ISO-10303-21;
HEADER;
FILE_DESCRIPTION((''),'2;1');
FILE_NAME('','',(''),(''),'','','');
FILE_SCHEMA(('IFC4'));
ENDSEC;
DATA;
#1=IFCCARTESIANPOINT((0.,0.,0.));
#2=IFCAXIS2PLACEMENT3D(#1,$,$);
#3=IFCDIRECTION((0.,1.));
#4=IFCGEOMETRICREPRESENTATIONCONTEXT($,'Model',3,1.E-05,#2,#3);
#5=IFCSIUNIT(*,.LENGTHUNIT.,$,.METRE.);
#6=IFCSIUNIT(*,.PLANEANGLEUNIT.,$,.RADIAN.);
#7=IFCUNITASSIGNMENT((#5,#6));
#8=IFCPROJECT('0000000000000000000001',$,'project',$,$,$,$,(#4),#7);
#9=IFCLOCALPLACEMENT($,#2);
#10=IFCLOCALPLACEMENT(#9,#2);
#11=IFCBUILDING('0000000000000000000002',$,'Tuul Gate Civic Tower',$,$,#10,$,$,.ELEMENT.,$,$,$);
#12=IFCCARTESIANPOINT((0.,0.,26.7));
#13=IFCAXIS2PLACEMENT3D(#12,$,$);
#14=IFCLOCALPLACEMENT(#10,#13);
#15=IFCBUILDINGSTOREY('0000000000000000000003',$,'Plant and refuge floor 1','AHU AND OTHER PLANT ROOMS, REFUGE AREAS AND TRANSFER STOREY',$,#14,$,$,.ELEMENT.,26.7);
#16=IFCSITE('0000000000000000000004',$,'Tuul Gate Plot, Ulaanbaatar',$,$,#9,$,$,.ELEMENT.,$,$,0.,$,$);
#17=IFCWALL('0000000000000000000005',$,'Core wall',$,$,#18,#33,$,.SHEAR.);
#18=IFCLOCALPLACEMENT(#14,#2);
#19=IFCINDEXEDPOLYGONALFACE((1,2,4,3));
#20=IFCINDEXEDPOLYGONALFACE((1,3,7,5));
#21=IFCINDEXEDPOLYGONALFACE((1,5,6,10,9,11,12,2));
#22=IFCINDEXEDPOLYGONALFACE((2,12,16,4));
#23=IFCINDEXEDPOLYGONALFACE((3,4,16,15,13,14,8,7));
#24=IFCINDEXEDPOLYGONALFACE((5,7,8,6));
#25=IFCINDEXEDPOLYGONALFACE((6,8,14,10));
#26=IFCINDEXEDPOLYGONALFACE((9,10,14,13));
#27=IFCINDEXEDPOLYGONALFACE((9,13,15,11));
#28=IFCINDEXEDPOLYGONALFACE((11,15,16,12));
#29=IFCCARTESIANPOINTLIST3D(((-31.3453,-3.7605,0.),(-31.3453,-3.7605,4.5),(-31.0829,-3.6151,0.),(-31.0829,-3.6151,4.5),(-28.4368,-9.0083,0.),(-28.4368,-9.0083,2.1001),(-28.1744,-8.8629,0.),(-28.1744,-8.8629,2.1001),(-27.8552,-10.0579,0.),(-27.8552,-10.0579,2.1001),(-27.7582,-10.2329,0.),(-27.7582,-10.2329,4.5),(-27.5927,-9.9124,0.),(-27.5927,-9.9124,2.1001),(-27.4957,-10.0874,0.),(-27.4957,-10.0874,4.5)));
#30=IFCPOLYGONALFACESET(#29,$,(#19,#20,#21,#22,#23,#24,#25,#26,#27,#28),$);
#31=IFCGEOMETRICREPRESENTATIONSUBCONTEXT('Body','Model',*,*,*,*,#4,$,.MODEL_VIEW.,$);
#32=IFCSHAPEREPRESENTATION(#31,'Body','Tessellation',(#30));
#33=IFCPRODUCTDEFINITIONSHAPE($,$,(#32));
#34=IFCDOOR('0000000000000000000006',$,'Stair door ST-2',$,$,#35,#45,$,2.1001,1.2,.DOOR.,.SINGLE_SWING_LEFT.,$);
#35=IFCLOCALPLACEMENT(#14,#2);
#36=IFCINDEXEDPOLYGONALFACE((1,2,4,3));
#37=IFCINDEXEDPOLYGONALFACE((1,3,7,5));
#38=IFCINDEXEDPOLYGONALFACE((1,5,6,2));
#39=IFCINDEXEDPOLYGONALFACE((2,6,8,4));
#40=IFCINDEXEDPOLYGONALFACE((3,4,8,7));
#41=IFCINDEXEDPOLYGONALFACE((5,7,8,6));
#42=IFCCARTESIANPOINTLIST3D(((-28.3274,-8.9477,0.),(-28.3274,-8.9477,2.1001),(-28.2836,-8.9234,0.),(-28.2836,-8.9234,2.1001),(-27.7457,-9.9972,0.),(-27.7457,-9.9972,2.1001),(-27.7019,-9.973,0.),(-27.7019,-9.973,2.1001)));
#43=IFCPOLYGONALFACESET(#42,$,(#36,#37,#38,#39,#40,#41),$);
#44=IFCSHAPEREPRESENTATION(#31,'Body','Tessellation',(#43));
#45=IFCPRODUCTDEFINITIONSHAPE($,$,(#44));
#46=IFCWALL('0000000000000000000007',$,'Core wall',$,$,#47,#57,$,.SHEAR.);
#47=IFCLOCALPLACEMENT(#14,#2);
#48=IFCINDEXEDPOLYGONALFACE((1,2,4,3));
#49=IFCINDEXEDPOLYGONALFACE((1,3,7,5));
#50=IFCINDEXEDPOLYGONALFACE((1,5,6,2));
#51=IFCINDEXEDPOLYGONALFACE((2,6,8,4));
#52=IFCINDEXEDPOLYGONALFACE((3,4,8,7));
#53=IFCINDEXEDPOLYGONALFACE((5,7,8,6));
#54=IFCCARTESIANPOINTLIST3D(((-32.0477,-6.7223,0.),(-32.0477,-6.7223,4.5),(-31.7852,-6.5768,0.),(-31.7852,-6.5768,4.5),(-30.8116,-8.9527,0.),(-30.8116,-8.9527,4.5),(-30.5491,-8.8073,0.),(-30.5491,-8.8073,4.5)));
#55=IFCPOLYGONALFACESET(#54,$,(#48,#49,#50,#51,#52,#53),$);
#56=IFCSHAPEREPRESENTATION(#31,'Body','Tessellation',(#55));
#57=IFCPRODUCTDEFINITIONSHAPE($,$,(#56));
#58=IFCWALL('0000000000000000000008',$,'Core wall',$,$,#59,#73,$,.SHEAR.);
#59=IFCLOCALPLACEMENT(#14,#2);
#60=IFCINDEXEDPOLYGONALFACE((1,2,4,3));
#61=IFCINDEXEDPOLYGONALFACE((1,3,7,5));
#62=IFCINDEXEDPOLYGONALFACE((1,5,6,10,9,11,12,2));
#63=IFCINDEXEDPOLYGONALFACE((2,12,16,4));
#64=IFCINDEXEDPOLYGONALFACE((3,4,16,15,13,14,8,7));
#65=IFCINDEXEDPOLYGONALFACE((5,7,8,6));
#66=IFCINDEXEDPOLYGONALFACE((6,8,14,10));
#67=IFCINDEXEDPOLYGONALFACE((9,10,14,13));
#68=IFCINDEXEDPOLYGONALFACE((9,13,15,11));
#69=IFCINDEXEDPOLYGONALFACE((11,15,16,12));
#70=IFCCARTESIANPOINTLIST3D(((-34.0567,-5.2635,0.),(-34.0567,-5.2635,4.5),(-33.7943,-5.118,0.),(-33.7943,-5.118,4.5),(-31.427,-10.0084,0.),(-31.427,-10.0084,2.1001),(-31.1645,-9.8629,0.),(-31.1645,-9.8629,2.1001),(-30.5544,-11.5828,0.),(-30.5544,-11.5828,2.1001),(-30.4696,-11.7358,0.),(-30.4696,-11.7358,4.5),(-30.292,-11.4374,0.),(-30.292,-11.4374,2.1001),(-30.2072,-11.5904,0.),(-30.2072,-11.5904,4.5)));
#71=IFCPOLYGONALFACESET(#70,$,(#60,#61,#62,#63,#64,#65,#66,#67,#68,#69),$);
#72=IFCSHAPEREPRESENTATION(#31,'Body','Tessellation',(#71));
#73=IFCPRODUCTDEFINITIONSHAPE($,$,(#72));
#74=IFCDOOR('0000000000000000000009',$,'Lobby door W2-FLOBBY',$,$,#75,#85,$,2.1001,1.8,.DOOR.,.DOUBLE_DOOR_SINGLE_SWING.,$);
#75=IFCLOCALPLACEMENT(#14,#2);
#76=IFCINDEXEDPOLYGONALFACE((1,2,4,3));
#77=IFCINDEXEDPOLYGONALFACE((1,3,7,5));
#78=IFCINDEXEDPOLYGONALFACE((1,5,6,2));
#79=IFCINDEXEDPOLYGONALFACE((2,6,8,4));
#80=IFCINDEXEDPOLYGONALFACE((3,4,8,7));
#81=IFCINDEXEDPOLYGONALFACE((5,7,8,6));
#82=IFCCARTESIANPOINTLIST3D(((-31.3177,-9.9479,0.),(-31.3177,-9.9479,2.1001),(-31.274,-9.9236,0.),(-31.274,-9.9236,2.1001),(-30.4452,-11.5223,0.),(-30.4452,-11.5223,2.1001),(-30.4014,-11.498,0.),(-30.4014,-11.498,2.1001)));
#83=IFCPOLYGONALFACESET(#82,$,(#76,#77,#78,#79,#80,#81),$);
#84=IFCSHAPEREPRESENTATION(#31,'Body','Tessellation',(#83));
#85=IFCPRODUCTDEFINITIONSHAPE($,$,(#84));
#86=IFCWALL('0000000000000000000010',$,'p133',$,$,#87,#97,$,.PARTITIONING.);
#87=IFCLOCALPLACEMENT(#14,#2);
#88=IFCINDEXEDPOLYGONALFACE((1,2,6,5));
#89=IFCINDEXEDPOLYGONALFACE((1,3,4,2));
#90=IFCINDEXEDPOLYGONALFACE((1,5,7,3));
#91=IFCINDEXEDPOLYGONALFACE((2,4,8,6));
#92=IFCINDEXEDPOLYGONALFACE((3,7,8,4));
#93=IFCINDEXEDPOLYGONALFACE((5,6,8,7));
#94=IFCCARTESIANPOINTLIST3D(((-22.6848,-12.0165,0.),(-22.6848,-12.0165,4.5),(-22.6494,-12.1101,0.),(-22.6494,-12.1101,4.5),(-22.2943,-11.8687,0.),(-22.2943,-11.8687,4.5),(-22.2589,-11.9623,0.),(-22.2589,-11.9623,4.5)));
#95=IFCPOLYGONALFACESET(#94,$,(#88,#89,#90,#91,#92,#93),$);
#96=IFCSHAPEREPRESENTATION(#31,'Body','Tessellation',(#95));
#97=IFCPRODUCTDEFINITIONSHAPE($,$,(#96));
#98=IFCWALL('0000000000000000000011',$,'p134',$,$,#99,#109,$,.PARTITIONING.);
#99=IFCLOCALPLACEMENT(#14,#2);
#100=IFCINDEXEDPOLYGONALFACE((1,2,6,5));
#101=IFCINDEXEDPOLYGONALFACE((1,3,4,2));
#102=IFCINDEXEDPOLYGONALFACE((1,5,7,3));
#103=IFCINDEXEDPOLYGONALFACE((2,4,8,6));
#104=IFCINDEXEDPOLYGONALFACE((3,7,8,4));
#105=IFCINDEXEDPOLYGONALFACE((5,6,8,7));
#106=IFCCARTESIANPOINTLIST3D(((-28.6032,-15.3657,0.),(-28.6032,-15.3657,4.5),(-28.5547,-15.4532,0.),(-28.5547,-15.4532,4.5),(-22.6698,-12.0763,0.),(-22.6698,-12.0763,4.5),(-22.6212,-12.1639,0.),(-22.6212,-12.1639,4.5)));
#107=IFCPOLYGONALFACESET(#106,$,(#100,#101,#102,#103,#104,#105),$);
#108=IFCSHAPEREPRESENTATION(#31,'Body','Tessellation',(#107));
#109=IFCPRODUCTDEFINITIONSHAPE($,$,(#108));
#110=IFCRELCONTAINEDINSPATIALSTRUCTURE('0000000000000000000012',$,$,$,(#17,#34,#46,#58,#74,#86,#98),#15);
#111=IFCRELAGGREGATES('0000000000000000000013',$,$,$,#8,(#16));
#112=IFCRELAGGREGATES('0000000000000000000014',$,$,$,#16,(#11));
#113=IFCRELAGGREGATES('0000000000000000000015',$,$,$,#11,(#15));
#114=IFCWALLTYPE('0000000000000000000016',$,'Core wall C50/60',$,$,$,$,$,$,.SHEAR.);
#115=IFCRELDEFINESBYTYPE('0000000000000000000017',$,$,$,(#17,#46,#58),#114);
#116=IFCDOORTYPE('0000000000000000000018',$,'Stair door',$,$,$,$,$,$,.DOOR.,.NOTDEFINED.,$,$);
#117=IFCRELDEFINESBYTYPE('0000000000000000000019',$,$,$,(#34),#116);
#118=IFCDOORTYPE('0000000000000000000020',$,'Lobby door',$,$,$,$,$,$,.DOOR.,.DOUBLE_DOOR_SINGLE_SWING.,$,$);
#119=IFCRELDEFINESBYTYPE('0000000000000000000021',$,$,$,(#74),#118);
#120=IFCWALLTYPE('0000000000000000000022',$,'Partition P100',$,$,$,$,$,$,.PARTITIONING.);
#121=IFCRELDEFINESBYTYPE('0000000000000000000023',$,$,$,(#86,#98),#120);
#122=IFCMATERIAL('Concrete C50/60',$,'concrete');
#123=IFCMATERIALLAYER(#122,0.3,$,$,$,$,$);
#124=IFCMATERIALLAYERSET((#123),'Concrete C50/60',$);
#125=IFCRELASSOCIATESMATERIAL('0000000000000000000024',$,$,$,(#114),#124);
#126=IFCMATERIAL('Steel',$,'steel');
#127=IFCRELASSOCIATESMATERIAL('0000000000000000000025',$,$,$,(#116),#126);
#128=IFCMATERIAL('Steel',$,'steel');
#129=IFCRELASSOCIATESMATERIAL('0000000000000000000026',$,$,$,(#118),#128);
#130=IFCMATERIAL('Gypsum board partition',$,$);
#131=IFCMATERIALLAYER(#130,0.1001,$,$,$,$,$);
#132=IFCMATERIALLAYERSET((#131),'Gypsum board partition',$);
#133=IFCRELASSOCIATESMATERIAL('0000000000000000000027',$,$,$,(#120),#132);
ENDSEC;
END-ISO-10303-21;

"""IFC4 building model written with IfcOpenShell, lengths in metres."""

from ifc_helpers import new_model, si_unit, direction, frame, frame_2d, origin, place, context, subcontext, project, spatial, rectangle, extrude, material, layer, layer_set, type_object, element, fill, save


model = new_model("IFC4")

# Units and contexts
model_context = context("Model", 3, precision=1e-05, world=origin(), true_north=direction((0.0, 1.0)))
body_context = subcontext(model_context, "Body", "Model", "MODEL_VIEW")
ifc_project = project(units=[si_unit("LENGTHUNIT", "METRE"), si_unit("PLANEANGLEUNIT", "RADIAN")], contexts=[model_context])

# Site, building, storey
site_placement = place(None, origin())
site = spatial("IfcSite", under=ifc_project, at=site_placement, Name="Tuul Gate Plot, Ulaanbaatar", CompositionType="ELEMENT", RefElevation=0.0)
building_placement = place(site_placement, origin())
building = spatial("IfcBuilding", under=site, at=building_placement, Name="Tuul Gate Civic Tower", CompositionType="ELEMENT")
storey_placement = place(building_placement, frame((0.0, 0.0, 26.7)))
storey = spatial("IfcBuildingStorey", under=building, at=storey_placement, Name="Plant and refuge floor 1", Description="AHU AND OTHER PLANT ROOMS, REFUGE AREAS AND TRANSFER STOREY", CompositionType="ELEMENT", Elevation=26.7)

# Shared definitions
ifc_material_1 = material(Name="Concrete C50/60", Category="concrete")
ifc_layer_1 = layer(ifc_material_1, 0.3)
ifc_layer_set_1 = layer_set([ifc_layer_1], Name="Concrete C50/60")
wall_type_1 = type_object("IfcWallType", Name="Core wall C50/60", PredefinedType="SHEAR", material=ifc_layer_set_1)

# Wall, opening, door
wall_1_placement = place(storey_placement, frame((-27.627, -10.1602, 0.0), z_axis=(0.0, 0.0, 1.0), x_axis=(-0.484752, 0.874652, 0.0)))
wall_1 = element("IfcWall", 1, at=wall_1_placement, inside=storey, type_object=wall_type_1, Name="Core wall", PredefinedType="SHEAR", context=body_context, shape_type="SweptSolid", body=[
    extrude(rectangle(XDim=7.3999, YDim=0.3, at=frame_2d((3.7, 0.0))), origin(), (0.0, 0.0, 1.0), 4.5),
])
opening_1_placement = place(wall_1_placement, frame((0.2, 0.0, 0.0)))
opening_1 = element("IfcOpeningElement", 2, at=opening_1_placement, cuts=wall_1, PredefinedType="OPENING", context=body_context, shape_type="SweptSolid", body=[
    extrude(rectangle(XDim=1.2, YDim=2.1001, at=frame_2d((0.6001, 1.05))), frame((0.0, 0.1602, 0.0), z_axis=(0.0, -1.0, 0.0), x_axis=(1.0, 0.0, 0.0)), (0.0, 0.0, 1.0), 0.3201),
])
ifc_material_2 = material(Name="Steel", Category="steel")
door_type_1 = type_object("IfcDoorType", Name="Stair door", OperationType="NOTDEFINED", PredefinedType="DOOR", material=ifc_material_2)
door_1_placement = place(opening_1_placement, origin())
door_1 = element("IfcDoor", 3, at=door_1_placement, inside=storey, type_object=door_type_1, Name="Stair door ST-2", OperationType="SINGLE_SWING_LEFT", OverallHeight=2.1001, OverallWidth=1.2, PredefinedType="DOOR", context=body_context, shape_type="SweptSolid", body=[
    extrude(rectangle(XDim=1.2, YDim=2.1001, at=frame_2d((0.6001, 1.05))), frame((0.0, 0.0249, 0.0), z_axis=(0.0, -1.0, 0.0), x_axis=(1.0, 0.0, 0.0)), (0.0, 0.0, 1.0), 0.05),
])
fill(opening_1, door_1)

# Wall
wall_2_placement = place(storey_placement, frame((-30.6804, -8.8799, 0.0), z_axis=(0.0, 0.0, 1.0), x_axis=(-0.484724, 0.874667, 0.0)))
element("IfcWall", 4, at=wall_2_placement, inside=storey, type_object=wall_type_1, Name="Core wall", PredefinedType="SHEAR", context=body_context, shape_type="SweptSolid", body=[
    extrude(rectangle(XDim=2.55, YDim=0.3, at=frame_2d((1.2749, 0.0))), origin(), (0.0, 0.0, 1.0), 4.5),
])

# Wall, opening, door
wall_3_placement = place(storey_placement, frame((-30.3384, -11.6631, 0.0), z_axis=(0.0, 0.0, 1.0), x_axis=(-0.484752, 0.874652, 0.0)))
wall_3 = element("IfcWall", 5, at=wall_3_placement, inside=storey, type_object=wall_type_1, Name="Core wall", PredefinedType="SHEAR", context=body_context, shape_type="SweptSolid", body=[
    extrude(rectangle(XDim=7.3999, YDim=0.3, at=frame_2d((3.7, 0.0))), origin(), (0.0, 0.0, 1.0), 4.5),
])
opening_2_placement = place(wall_3_placement, frame((0.175, 0.0, 0.0)))
opening_2 = element("IfcOpeningElement", 6, at=opening_2_placement, cuts=wall_3, PredefinedType="OPENING", context=body_context, shape_type="SweptSolid", body=[
    extrude(rectangle(XDim=1.8, YDim=2.1001, at=frame_2d((0.8999, 1.05))), frame((0.0, 0.1602, 0.0), z_axis=(0.0, -1.0, 0.0), x_axis=(1.0, 0.0, 0.0)), (0.0, 0.0, 1.0), 0.3201),
])
ifc_material_3 = material(Name="Steel", Category="steel")
door_type_2 = type_object("IfcDoorType", Name="Lobby door", OperationType="DOUBLE_DOOR_SINGLE_SWING", PredefinedType="DOOR", material=ifc_material_3)
door_2_placement = place(opening_2_placement, frame((1.8, 0.0, 0.0), z_axis=(0.0, 0.0, 1.0), x_axis=(-1.0, 0.0, 0.0)))
door_2 = element("IfcDoor", 7, at=door_2_placement, inside=storey, type_object=door_type_2, Name="Lobby door W2-FLOBBY", OperationType="DOUBLE_DOOR_SINGLE_SWING", OverallHeight=2.1001, OverallWidth=1.8, PredefinedType="DOOR", context=body_context, shape_type="SweptSolid", body=[
    extrude(rectangle(XDim=1.8, YDim=2.1001, at=frame_2d((0.9001, 1.05))), frame((0.0, 0.0249, 0.0), z_axis=(0.0, -1.0, 0.0), x_axis=(1.0, 0.0, 0.0)), (0.0, 0.0, 1.0), 0.05),
])
fill(opening_2, door_2)

# Walls
ifc_material_4 = material(Name="Gypsum board partition")
ifc_layer_2 = layer(ifc_material_4, 0.1001)
ifc_layer_set_2 = layer_set([ifc_layer_2], Name="Gypsum board partition")
wall_type_2 = type_object("IfcWallType", Name="Partition P100", PredefinedType="PARTITIONING", material=ifc_layer_set_2)
wall_4_placement = place(storey_placement, frame((-22.2766, -11.9155, 0.0), z_axis=(0.0, 0.0, 1.0), x_axis=(-0.935291, -0.353878, 0.0)))
element("IfcWall", 8, at=wall_4_placement, inside=storey, type_object=wall_type_2, Name="p133", PredefinedType="PARTITIONING", context=body_context, shape_type="SweptSolid", body=[
    extrude(rectangle(XDim=0.4175, YDim=0.1001, at=frame_2d((0.2087, 0.0))), origin(), (0.0, 0.0, 1.0), 4.5),
])
wall_5_placement = place(storey_placement, frame((-22.6455, -12.1201, 0.0), z_axis=(0.0, 0.0, 1.0), x_axis=(-0.874595, -0.484854, 0.0)))
element("IfcWall", 9, at=wall_5_placement, inside=storey, type_object=wall_type_2, Name="p134", PredefinedType="PARTITIONING", context=body_context, shape_type="SweptSolid", body=[
    extrude(rectangle(XDim=6.7842, YDim=0.1001, at=frame_2d((3.3921, 0.0))), origin(), (0.0, 0.0, 1.0), 4.5),
])

save(model, "model.ifc")
